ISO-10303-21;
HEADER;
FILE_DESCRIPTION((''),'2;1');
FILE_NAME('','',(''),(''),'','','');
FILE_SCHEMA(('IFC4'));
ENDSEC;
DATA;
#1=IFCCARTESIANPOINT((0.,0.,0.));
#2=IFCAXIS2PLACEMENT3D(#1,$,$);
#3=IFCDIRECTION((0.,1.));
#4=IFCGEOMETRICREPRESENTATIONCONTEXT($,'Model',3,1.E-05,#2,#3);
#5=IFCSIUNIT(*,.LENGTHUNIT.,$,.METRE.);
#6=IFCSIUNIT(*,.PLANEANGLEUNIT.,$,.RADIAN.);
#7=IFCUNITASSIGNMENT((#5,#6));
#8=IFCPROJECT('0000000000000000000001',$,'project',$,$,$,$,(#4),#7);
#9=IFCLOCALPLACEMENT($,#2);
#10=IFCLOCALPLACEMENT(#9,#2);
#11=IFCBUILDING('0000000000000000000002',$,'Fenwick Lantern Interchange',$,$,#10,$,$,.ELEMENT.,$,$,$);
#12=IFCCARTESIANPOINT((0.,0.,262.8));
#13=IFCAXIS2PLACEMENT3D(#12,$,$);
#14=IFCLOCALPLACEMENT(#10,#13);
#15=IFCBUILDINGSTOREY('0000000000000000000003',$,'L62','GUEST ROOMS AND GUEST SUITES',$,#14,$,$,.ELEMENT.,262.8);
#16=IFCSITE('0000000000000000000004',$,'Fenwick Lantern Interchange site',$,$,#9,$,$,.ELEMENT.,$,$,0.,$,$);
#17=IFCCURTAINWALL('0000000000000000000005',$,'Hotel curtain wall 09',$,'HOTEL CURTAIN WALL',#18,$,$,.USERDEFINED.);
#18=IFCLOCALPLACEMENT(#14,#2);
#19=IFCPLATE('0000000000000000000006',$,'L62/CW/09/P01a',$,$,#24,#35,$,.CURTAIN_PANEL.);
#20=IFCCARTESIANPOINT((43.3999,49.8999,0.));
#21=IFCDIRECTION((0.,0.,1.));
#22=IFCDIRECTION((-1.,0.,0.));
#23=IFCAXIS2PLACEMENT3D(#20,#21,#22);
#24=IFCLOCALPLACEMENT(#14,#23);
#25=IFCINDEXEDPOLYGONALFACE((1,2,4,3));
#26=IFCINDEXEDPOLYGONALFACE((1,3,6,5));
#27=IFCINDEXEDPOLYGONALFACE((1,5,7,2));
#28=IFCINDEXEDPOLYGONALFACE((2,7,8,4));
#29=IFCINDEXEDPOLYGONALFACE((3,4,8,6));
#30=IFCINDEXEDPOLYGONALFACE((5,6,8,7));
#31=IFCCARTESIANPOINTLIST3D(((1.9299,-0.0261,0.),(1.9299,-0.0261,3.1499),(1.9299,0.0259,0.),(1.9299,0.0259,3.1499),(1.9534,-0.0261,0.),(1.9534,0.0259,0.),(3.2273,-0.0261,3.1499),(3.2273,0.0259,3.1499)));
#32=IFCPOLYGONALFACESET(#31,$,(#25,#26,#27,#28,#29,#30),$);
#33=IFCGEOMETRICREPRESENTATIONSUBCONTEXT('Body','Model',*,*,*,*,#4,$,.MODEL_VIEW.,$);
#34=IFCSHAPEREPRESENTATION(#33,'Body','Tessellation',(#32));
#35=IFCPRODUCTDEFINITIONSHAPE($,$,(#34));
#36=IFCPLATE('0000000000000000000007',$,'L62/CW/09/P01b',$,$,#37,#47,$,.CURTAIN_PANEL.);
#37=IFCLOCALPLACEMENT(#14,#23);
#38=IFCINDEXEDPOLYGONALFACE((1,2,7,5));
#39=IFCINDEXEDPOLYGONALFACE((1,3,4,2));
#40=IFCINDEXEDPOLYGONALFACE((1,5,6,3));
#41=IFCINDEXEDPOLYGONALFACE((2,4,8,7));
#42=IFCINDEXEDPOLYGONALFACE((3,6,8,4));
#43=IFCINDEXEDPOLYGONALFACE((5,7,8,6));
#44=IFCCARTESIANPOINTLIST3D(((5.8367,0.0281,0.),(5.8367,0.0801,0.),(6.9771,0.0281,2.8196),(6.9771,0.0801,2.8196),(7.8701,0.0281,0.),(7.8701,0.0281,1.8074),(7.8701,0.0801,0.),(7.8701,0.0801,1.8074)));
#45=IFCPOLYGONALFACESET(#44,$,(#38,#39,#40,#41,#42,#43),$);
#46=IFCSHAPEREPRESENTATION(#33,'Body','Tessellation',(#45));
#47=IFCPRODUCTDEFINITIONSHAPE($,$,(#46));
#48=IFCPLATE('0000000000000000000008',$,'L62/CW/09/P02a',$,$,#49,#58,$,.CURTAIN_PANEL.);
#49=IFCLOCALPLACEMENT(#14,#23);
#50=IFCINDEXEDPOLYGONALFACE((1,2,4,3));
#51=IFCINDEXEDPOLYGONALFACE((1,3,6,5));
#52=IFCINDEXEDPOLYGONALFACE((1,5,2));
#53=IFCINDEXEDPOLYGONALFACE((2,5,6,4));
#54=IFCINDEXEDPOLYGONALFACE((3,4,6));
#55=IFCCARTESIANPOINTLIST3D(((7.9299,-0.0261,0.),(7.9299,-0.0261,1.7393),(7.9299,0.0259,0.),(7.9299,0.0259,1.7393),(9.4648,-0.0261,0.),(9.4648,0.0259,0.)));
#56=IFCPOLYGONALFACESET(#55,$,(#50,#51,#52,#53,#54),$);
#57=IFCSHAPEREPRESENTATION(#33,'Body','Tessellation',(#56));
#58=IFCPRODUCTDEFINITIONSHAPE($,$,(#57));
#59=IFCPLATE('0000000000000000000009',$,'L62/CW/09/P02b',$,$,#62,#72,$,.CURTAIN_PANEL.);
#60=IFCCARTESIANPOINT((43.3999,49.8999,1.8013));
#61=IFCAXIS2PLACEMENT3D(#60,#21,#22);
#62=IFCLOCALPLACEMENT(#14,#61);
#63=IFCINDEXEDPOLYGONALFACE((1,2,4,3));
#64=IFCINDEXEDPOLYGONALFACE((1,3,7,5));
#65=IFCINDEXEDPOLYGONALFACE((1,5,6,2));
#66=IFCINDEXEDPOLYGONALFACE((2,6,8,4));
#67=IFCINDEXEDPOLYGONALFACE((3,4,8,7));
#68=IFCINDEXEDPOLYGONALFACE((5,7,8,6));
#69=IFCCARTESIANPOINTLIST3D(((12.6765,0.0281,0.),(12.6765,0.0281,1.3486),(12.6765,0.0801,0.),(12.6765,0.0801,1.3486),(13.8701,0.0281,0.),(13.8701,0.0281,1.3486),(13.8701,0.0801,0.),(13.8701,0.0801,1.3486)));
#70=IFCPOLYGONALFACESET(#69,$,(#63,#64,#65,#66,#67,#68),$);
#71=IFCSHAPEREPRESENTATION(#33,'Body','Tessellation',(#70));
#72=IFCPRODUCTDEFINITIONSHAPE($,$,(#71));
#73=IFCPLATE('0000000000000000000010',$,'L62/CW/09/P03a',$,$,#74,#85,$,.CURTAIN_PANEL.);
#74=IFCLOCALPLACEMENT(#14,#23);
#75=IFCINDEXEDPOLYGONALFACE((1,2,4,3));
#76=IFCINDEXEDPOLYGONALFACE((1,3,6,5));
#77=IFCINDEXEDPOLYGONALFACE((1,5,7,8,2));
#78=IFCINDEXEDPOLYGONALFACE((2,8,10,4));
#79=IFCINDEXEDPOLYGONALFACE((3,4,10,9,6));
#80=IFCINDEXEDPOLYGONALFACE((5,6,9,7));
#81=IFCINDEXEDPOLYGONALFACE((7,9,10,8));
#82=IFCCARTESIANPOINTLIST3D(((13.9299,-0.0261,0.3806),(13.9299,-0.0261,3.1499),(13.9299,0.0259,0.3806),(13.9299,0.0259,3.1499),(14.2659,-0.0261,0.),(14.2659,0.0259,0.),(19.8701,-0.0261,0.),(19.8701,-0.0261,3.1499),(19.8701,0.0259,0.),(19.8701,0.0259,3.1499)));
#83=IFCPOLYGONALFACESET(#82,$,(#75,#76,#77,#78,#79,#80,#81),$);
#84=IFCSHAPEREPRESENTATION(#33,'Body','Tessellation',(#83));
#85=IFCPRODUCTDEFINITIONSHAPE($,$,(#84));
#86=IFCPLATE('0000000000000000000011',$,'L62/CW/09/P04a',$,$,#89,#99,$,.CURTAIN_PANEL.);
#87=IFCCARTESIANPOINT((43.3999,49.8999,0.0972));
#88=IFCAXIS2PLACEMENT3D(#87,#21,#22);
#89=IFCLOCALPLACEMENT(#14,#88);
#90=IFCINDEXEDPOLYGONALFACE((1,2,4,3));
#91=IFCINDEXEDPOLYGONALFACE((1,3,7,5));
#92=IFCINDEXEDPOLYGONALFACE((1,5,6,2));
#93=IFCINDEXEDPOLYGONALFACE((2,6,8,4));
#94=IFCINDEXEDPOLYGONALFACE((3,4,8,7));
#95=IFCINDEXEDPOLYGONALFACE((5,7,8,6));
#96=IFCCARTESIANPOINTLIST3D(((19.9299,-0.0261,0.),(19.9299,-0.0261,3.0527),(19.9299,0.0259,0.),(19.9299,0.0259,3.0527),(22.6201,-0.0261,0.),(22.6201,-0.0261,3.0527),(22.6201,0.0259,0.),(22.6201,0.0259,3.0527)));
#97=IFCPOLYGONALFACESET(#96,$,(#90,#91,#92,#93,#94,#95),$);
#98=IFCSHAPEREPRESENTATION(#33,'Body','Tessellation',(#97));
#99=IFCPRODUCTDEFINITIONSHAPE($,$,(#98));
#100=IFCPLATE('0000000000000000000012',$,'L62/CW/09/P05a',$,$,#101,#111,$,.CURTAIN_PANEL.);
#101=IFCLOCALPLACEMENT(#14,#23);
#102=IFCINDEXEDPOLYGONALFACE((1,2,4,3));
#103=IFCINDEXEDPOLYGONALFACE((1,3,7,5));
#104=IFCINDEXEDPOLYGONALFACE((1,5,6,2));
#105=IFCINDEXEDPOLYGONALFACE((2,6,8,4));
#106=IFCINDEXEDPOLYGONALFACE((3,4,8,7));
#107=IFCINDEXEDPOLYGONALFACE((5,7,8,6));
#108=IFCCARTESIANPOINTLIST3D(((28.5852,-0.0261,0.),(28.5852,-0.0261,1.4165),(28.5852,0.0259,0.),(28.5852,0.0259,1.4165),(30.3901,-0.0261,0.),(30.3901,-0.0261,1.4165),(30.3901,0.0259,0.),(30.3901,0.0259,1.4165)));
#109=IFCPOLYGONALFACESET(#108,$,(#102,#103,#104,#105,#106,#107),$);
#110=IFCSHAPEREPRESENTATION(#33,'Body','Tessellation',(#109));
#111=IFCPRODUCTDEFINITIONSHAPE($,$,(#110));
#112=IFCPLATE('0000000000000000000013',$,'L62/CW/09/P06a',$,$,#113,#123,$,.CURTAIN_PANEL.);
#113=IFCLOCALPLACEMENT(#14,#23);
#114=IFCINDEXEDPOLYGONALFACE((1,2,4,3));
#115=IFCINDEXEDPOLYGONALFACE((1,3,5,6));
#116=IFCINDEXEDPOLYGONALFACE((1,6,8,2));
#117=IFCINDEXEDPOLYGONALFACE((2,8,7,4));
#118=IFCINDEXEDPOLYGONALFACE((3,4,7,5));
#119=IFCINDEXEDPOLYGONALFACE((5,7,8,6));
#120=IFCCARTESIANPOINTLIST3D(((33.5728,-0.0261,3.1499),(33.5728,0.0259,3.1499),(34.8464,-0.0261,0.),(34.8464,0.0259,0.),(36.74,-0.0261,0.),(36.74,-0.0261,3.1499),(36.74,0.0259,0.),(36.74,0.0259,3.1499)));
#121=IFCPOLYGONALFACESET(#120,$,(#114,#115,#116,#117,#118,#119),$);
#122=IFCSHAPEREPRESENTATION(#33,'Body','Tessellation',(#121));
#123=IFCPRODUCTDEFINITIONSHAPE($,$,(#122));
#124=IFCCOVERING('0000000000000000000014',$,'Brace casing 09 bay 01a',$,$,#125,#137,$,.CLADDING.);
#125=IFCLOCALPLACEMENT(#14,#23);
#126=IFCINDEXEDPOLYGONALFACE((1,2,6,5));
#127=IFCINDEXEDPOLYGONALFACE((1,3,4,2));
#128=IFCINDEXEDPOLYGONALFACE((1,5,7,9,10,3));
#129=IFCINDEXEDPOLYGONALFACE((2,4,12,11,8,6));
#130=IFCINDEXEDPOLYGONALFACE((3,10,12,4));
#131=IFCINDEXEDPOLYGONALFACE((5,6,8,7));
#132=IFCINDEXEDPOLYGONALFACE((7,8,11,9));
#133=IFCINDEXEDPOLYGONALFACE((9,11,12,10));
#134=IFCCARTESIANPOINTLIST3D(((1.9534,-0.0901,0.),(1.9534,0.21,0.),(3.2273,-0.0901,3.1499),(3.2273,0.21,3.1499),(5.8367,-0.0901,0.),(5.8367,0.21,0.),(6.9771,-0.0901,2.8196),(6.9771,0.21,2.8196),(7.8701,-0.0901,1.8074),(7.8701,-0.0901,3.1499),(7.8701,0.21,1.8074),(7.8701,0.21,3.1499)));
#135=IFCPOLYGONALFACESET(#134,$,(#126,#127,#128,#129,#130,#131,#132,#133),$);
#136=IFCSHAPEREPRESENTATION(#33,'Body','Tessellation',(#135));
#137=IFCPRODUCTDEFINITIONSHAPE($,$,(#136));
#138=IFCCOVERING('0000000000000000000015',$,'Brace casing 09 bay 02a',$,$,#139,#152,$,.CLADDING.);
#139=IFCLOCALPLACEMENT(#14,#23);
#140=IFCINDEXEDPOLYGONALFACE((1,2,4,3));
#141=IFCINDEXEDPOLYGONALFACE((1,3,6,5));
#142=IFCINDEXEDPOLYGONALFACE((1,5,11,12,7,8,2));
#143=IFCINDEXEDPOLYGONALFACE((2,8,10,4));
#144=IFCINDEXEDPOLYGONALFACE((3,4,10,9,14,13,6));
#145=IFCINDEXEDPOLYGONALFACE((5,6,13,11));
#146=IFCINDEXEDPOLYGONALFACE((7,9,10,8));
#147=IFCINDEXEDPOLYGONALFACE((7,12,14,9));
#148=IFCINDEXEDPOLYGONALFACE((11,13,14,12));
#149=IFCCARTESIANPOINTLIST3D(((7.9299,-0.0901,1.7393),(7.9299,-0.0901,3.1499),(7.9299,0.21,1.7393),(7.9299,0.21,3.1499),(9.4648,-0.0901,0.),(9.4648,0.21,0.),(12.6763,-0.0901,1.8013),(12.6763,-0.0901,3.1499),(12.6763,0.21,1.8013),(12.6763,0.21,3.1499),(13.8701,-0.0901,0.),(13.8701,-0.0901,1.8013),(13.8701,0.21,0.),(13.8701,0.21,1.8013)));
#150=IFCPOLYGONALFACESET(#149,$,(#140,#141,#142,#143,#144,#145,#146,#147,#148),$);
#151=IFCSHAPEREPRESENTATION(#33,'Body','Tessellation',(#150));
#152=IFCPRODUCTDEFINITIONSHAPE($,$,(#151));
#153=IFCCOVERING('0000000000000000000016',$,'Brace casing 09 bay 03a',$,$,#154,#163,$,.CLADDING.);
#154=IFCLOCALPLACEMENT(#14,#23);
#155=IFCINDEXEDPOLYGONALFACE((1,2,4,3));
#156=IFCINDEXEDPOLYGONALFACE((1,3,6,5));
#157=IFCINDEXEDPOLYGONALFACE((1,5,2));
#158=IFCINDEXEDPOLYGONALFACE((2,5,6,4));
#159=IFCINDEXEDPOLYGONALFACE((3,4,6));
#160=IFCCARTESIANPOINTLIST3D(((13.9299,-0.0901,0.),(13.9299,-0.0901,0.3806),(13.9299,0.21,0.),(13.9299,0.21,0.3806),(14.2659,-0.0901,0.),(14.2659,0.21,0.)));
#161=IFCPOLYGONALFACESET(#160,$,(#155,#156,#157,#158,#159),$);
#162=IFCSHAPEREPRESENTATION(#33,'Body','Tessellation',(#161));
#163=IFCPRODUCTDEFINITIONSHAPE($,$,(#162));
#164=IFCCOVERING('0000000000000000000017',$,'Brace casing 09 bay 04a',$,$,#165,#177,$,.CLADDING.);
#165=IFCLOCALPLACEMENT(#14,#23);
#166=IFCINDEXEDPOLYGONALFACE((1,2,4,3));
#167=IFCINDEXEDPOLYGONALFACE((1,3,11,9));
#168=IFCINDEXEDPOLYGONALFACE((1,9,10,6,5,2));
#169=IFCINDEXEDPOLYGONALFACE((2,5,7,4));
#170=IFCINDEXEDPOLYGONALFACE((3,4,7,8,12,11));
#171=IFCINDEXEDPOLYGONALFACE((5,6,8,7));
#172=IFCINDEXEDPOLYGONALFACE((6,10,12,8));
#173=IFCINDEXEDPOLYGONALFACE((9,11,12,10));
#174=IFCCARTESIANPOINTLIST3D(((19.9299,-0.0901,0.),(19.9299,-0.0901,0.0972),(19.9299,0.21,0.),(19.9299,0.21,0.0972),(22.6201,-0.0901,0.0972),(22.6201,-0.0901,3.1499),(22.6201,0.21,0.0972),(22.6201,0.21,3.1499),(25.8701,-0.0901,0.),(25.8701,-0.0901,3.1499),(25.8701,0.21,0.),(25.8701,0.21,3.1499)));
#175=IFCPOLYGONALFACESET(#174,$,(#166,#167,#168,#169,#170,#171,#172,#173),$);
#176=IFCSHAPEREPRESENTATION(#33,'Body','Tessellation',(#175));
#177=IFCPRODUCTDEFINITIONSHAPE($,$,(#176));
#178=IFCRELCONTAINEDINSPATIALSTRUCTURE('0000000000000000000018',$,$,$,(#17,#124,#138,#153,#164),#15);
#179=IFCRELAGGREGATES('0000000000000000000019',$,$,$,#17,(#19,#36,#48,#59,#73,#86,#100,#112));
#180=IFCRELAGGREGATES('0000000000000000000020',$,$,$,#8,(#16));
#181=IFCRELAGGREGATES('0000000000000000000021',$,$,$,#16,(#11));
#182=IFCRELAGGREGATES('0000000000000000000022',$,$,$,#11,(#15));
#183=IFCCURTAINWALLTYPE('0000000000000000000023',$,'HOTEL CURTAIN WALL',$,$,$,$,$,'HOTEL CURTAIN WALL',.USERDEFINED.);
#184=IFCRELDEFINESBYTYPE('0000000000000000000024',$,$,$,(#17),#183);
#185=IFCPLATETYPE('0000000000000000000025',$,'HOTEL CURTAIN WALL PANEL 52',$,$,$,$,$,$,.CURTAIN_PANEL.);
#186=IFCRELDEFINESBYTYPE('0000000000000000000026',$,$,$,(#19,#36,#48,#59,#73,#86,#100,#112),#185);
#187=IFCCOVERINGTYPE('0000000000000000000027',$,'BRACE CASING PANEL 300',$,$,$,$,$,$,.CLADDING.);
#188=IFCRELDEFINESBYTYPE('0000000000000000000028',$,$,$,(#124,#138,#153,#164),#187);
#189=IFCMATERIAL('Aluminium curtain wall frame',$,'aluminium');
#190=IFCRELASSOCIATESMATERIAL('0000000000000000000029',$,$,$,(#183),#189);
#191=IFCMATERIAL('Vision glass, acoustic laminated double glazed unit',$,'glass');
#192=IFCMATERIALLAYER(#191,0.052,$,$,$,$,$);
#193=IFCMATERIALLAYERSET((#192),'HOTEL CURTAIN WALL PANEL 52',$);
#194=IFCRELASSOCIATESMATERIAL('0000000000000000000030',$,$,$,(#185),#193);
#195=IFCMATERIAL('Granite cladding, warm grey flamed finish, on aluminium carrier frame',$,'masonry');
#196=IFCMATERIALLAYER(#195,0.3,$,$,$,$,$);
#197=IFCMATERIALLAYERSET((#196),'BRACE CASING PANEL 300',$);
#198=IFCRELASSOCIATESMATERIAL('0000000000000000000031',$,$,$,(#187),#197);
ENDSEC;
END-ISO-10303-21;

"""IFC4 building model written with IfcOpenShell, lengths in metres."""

from ifc_helpers import new_model, si_unit, direction, frame, origin, place, context, subcontext, project, spatial, polyline, outline, extrude, material, layer, layer_set, type_object, element, aggregate, save


model = new_model("IFC4")

# Units and contexts
model_context = context("Model", 3, precision=1e-05, world=origin(), true_north=direction((0.0, 1.0)))
body_context = subcontext(model_context, "Body", "Model", "MODEL_VIEW")
ifc_project = project(units=[si_unit("LENGTHUNIT", "METRE"), si_unit("PLANEANGLEUNIT", "RADIAN")], contexts=[model_context])

# Site, building, storey
site_placement = place(None, origin())
site = spatial("IfcSite", under=ifc_project, at=site_placement, Name="Fenwick Lantern Interchange site", CompositionType="ELEMENT", RefElevation=0.0)
building_placement = place(site_placement, origin())
building = spatial("IfcBuilding", under=site, at=building_placement, Name="Fenwick Lantern Interchange", CompositionType="ELEMENT")
storey_placement = place(building_placement, frame((0.0, 0.0, 262.8)))
storey = spatial("IfcBuildingStorey", under=building, at=storey_placement, Name="L62", Description="GUEST ROOMS AND GUEST SUITES", CompositionType="ELEMENT", Elevation=262.8)

# Shared definitions
ifc_material_1 = material(Name="Aluminium curtain wall frame", Category="aluminium")
curtain_wall_type = type_object("IfcCurtainWallType", Name="HOTEL CURTAIN WALL", ElementType="HOTEL CURTAIN WALL", PredefinedType="USERDEFINED", material=ifc_material_1)

# Curtain wall
curtain_wall_1_placement = place(storey_placement, origin())
curtain_wall_1 = element("IfcCurtainWall", 1, at=curtain_wall_1_placement, inside=storey, type_object=curtain_wall_type, Name="Hotel curtain wall 09", ObjectType="HOTEL CURTAIN WALL", PredefinedType="USERDEFINED")

# Plates
ifc_material_2 = material(Name="Vision glass, acoustic laminated double glazed unit", Category="glass")
ifc_layer_1 = layer(ifc_material_2, 0.052)
ifc_layer_set_1 = layer_set([ifc_layer_1], Name="HOTEL CURTAIN WALL PANEL 52")
plate_type = type_object("IfcPlateType", Name="HOTEL CURTAIN WALL PANEL 52", PredefinedType="CURTAIN_PANEL", material=ifc_layer_set_1)
plate_1_placement = place(storey_placement, frame((43.3999, 49.8999, 0.0), z_axis=(0.0, 0.0, 1.0), x_axis=(-1.0, 0.0, 0.0)))
plate_1 = element("IfcPlate", 2, at=plate_1_placement, type_object=plate_type, Name="L62/CW/09/P01a", PredefinedType="CURTAIN_PANEL", context=body_context, shape_type="SweptSolid", body=[
    extrude(outline(polyline([(1.9299, 0.0), (1.9534, 0.0), (3.2273, 3.1499), (1.9299, 3.1499), (1.9299, 0.0)])), frame((0.0, 0.0259, 0.0), z_axis=(0.0, -1.0, 0.0), x_axis=(1.0, 0.0, 0.0)), (0.0, 0.0, 1.0), 0.052),
])
plate_2_placement = place(storey_placement, frame((43.3999, 49.8999, 0.0), z_axis=(0.0, 0.0, 1.0), x_axis=(-1.0, 0.0, 0.0)))
plate_2 = element("IfcPlate", 3, at=plate_2_placement, type_object=plate_type, Name="L62/CW/09/P01b", PredefinedType="CURTAIN_PANEL", context=body_context, shape_type="SweptSolid", body=[
    extrude(outline(polyline([(5.8367, 0.0), (7.8701, 0.0), (7.8701, 1.8074), (6.9771, 2.8196), (5.8367, 0.0)])), frame((0.0, 0.0801, 0.0), z_axis=(0.0, -1.0, 0.0), x_axis=(1.0, 0.0, 0.0)), (0.0, 0.0, 1.0), 0.052),
])
plate_3_placement = place(storey_placement, frame((43.3999, 49.8999, 0.0), z_axis=(0.0, 0.0, 1.0), x_axis=(-1.0, 0.0, 0.0)))
plate_3 = element("IfcPlate", 4, at=plate_3_placement, type_object=plate_type, Name="L62/CW/09/P02a", PredefinedType="CURTAIN_PANEL", context=body_context, shape_type="SweptSolid", body=[
    extrude(outline(polyline([(7.9299, 0.0), (9.4648, 0.0), (7.9299, 1.7393), (7.9299, 0.0)])), frame((0.0, 0.0259, 0.0), z_axis=(0.0, -1.0, 0.0), x_axis=(1.0, 0.0, 0.0)), (0.0, 0.0, 1.0), 0.052),
])
plate_4_placement = place(storey_placement, frame((43.3999, 49.8999, 1.8013), z_axis=(0.0, 0.0, 1.0), x_axis=(-1.0, 0.0, 0.0)))
plate_4 = element("IfcPlate", 5, at=plate_4_placement, type_object=plate_type, Name="L62/CW/09/P02b", PredefinedType="CURTAIN_PANEL", context=body_context, shape_type="SweptSolid", body=[
    extrude(outline(polyline([(12.6765, 0.0), (13.8701, 0.0), (13.8701, 1.3486), (12.6765, 1.3486), (12.6765, 0.0)])), frame((0.0, 0.0801, 0.0), z_axis=(0.0, -1.0, 0.0), x_axis=(1.0, 0.0, 0.0)), (0.0, 0.0, 1.0), 0.052),
])
plate_5_placement = place(storey_placement, frame((43.3999, 49.8999, 0.0), z_axis=(0.0, 0.0, 1.0), x_axis=(-1.0, 0.0, 0.0)))
plate_5 = element("IfcPlate", 6, at=plate_5_placement, type_object=plate_type, Name="L62/CW/09/P03a", PredefinedType="CURTAIN_PANEL", context=body_context, shape_type="SweptSolid", body=[
    extrude(outline(polyline([(14.2659, 0.0), (19.8701, 0.0), (19.8701, 3.1499), (13.9299, 3.1499), (13.9299, 0.3806), (14.2659, 0.0)])), frame((0.0, 0.0259, 0.0), z_axis=(0.0, -1.0, 0.0), x_axis=(1.0, 0.0, 0.0)), (0.0, 0.0, 1.0), 0.052),
])
plate_6_placement = place(storey_placement, frame((43.3999, 49.8999, 0.0972), z_axis=(0.0, 0.0, 1.0), x_axis=(-1.0, 0.0, 0.0)))
plate_6 = element("IfcPlate", 7, at=plate_6_placement, type_object=plate_type, Name="L62/CW/09/P04a", PredefinedType="CURTAIN_PANEL", context=body_context, shape_type="SweptSolid", body=[
    extrude(outline(polyline([(19.9299, 0.0), (22.6201, 0.0), (22.6201, 3.0527), (19.9299, 3.0527), (19.9299, 0.0)])), frame((0.0, 0.0259, 0.0), z_axis=(0.0, -1.0, 0.0), x_axis=(1.0, 0.0, 0.0)), (0.0, 0.0, 1.0), 0.052),
])
plate_7_placement = place(storey_placement, frame((43.3999, 49.8999, 0.0), z_axis=(0.0, 0.0, 1.0), x_axis=(-1.0, 0.0, 0.0)))
plate_7 = element("IfcPlate", 8, at=plate_7_placement, type_object=plate_type, Name="L62/CW/09/P05a", PredefinedType="CURTAIN_PANEL", context=body_context, shape_type="SweptSolid", body=[
    extrude(outline(polyline([(28.5852, 0.0), (30.3901, 0.0), (30.3901, 1.4165), (28.5852, 1.4165), (28.5852, 0.0)])), frame((0.0, 0.0259, 0.0), z_axis=(0.0, -1.0, 0.0), x_axis=(1.0, 0.0, 0.0)), (0.0, 0.0, 1.0), 0.052),
])
plate_8_placement = place(storey_placement, frame((43.3999, 49.8999, 0.0), z_axis=(0.0, 0.0, 1.0), x_axis=(-1.0, 0.0, 0.0)))
plate_8 = element("IfcPlate", 9, at=plate_8_placement, type_object=plate_type, Name="L62/CW/09/P06a", PredefinedType="CURTAIN_PANEL", context=body_context, shape_type="SweptSolid", body=[
    extrude(outline(polyline([(34.8464, 0.0), (36.74, 0.0), (36.74, 3.1499), (33.5728, 3.1499), (34.8464, 0.0)])), frame((0.0, 0.0259, 0.0), z_axis=(0.0, -1.0, 0.0), x_axis=(1.0, 0.0, 0.0)), (0.0, 0.0, 1.0), 0.052),
])
aggregate(curtain_wall_1, [plate_1, plate_2, plate_3, plate_4, plate_5, plate_6, plate_7, plate_8])

# Coverings
ifc_material_3 = material(Name="Granite cladding, warm grey flamed finish, on aluminium carrier frame", Category="masonry")
ifc_layer_2 = layer(ifc_material_3, 0.3)
ifc_layer_set_2 = layer_set([ifc_layer_2], Name="BRACE CASING PANEL 300")
covering_type = type_object("IfcCoveringType", Name="BRACE CASING PANEL 300", PredefinedType="CLADDING", material=ifc_layer_set_2)
covering_1_placement = place(storey_placement, frame((43.3999, 49.8999, 0.0), z_axis=(0.0, 0.0, 1.0), x_axis=(-1.0, 0.0, 0.0)))
element("IfcCovering", 10, at=covering_1_placement, inside=storey, type_object=covering_type, Name="Brace casing 09 bay 01a", PredefinedType="CLADDING", context=body_context, shape_type="SweptSolid", body=[
    extrude(outline(polyline([(1.9534, 0.0), (5.8367, 0.0), (6.9771, 2.8196), (7.8701, 1.8074), (7.8701, 3.1499), (3.2273, 3.1499), (1.9534, 0.0)])), frame((0.0, 0.21, 0.0), z_axis=(0.0, -1.0, 0.0), x_axis=(1.0, 0.0, 0.0)), (0.0, 0.0, 1.0), 0.3),
])
covering_2_placement = place(storey_placement, frame((43.3999, 49.8999, 0.0), z_axis=(0.0, 0.0, 1.0), x_axis=(-1.0, 0.0, 0.0)))
element("IfcCovering", 11, at=covering_2_placement, inside=storey, type_object=covering_type, Name="Brace casing 09 bay 02a", PredefinedType="CLADDING", context=body_context, shape_type="SweptSolid", body=[
    extrude(outline(polyline([(9.4648, 0.0), (13.8701, 0.0), (13.8701, 1.8013), (12.6763, 1.8013), (12.6763, 3.1499), (7.9299, 3.1499), (7.9299, 1.7393), (9.4648, 0.0)])), frame((0.0, 0.21, 0.0), z_axis=(0.0, -1.0, 0.0), x_axis=(1.0, 0.0, 0.0)), (0.0, 0.0, 1.0), 0.3),
])
covering_3_placement = place(storey_placement, frame((43.3999, 49.8999, 0.0), z_axis=(0.0, 0.0, 1.0), x_axis=(-1.0, 0.0, 0.0)))
element("IfcCovering", 12, at=covering_3_placement, inside=storey, type_object=covering_type, Name="Brace casing 09 bay 03a", PredefinedType="CLADDING", context=body_context, shape_type="SweptSolid", body=[
    extrude(outline(polyline([(13.9299, 0.0), (14.2659, 0.0), (13.9299, 0.3806), (13.9299, 0.0)])), frame((0.0, 0.21, 0.0), z_axis=(0.0, -1.0, 0.0), x_axis=(1.0, 0.0, 0.0)), (0.0, 0.0, 1.0), 0.3),
])
covering_4_placement = place(storey_placement, frame((43.3999, 49.8999, 0.0), z_axis=(0.0, 0.0, 1.0), x_axis=(-1.0, 0.0, 0.0)))
element("IfcCovering", 13, at=covering_4_placement, inside=storey, type_object=covering_type, Name="Brace casing 09 bay 04a", PredefinedType="CLADDING", context=body_context, shape_type="SweptSolid", body=[
    extrude(outline(polyline([(19.9299, 0.0), (25.8701, 0.0), (25.8701, 3.1499), (22.6201, 3.1499), (22.6201, 0.0972), (19.9299, 0.0972), (19.9299, 0.0)])), frame((0.0, 0.21, 0.0), z_axis=(0.0, -1.0, 0.0), x_axis=(1.0, 0.0, 0.0)), (0.0, 0.0, 1.0), 0.3),
])

save(model, "model.ifc")
